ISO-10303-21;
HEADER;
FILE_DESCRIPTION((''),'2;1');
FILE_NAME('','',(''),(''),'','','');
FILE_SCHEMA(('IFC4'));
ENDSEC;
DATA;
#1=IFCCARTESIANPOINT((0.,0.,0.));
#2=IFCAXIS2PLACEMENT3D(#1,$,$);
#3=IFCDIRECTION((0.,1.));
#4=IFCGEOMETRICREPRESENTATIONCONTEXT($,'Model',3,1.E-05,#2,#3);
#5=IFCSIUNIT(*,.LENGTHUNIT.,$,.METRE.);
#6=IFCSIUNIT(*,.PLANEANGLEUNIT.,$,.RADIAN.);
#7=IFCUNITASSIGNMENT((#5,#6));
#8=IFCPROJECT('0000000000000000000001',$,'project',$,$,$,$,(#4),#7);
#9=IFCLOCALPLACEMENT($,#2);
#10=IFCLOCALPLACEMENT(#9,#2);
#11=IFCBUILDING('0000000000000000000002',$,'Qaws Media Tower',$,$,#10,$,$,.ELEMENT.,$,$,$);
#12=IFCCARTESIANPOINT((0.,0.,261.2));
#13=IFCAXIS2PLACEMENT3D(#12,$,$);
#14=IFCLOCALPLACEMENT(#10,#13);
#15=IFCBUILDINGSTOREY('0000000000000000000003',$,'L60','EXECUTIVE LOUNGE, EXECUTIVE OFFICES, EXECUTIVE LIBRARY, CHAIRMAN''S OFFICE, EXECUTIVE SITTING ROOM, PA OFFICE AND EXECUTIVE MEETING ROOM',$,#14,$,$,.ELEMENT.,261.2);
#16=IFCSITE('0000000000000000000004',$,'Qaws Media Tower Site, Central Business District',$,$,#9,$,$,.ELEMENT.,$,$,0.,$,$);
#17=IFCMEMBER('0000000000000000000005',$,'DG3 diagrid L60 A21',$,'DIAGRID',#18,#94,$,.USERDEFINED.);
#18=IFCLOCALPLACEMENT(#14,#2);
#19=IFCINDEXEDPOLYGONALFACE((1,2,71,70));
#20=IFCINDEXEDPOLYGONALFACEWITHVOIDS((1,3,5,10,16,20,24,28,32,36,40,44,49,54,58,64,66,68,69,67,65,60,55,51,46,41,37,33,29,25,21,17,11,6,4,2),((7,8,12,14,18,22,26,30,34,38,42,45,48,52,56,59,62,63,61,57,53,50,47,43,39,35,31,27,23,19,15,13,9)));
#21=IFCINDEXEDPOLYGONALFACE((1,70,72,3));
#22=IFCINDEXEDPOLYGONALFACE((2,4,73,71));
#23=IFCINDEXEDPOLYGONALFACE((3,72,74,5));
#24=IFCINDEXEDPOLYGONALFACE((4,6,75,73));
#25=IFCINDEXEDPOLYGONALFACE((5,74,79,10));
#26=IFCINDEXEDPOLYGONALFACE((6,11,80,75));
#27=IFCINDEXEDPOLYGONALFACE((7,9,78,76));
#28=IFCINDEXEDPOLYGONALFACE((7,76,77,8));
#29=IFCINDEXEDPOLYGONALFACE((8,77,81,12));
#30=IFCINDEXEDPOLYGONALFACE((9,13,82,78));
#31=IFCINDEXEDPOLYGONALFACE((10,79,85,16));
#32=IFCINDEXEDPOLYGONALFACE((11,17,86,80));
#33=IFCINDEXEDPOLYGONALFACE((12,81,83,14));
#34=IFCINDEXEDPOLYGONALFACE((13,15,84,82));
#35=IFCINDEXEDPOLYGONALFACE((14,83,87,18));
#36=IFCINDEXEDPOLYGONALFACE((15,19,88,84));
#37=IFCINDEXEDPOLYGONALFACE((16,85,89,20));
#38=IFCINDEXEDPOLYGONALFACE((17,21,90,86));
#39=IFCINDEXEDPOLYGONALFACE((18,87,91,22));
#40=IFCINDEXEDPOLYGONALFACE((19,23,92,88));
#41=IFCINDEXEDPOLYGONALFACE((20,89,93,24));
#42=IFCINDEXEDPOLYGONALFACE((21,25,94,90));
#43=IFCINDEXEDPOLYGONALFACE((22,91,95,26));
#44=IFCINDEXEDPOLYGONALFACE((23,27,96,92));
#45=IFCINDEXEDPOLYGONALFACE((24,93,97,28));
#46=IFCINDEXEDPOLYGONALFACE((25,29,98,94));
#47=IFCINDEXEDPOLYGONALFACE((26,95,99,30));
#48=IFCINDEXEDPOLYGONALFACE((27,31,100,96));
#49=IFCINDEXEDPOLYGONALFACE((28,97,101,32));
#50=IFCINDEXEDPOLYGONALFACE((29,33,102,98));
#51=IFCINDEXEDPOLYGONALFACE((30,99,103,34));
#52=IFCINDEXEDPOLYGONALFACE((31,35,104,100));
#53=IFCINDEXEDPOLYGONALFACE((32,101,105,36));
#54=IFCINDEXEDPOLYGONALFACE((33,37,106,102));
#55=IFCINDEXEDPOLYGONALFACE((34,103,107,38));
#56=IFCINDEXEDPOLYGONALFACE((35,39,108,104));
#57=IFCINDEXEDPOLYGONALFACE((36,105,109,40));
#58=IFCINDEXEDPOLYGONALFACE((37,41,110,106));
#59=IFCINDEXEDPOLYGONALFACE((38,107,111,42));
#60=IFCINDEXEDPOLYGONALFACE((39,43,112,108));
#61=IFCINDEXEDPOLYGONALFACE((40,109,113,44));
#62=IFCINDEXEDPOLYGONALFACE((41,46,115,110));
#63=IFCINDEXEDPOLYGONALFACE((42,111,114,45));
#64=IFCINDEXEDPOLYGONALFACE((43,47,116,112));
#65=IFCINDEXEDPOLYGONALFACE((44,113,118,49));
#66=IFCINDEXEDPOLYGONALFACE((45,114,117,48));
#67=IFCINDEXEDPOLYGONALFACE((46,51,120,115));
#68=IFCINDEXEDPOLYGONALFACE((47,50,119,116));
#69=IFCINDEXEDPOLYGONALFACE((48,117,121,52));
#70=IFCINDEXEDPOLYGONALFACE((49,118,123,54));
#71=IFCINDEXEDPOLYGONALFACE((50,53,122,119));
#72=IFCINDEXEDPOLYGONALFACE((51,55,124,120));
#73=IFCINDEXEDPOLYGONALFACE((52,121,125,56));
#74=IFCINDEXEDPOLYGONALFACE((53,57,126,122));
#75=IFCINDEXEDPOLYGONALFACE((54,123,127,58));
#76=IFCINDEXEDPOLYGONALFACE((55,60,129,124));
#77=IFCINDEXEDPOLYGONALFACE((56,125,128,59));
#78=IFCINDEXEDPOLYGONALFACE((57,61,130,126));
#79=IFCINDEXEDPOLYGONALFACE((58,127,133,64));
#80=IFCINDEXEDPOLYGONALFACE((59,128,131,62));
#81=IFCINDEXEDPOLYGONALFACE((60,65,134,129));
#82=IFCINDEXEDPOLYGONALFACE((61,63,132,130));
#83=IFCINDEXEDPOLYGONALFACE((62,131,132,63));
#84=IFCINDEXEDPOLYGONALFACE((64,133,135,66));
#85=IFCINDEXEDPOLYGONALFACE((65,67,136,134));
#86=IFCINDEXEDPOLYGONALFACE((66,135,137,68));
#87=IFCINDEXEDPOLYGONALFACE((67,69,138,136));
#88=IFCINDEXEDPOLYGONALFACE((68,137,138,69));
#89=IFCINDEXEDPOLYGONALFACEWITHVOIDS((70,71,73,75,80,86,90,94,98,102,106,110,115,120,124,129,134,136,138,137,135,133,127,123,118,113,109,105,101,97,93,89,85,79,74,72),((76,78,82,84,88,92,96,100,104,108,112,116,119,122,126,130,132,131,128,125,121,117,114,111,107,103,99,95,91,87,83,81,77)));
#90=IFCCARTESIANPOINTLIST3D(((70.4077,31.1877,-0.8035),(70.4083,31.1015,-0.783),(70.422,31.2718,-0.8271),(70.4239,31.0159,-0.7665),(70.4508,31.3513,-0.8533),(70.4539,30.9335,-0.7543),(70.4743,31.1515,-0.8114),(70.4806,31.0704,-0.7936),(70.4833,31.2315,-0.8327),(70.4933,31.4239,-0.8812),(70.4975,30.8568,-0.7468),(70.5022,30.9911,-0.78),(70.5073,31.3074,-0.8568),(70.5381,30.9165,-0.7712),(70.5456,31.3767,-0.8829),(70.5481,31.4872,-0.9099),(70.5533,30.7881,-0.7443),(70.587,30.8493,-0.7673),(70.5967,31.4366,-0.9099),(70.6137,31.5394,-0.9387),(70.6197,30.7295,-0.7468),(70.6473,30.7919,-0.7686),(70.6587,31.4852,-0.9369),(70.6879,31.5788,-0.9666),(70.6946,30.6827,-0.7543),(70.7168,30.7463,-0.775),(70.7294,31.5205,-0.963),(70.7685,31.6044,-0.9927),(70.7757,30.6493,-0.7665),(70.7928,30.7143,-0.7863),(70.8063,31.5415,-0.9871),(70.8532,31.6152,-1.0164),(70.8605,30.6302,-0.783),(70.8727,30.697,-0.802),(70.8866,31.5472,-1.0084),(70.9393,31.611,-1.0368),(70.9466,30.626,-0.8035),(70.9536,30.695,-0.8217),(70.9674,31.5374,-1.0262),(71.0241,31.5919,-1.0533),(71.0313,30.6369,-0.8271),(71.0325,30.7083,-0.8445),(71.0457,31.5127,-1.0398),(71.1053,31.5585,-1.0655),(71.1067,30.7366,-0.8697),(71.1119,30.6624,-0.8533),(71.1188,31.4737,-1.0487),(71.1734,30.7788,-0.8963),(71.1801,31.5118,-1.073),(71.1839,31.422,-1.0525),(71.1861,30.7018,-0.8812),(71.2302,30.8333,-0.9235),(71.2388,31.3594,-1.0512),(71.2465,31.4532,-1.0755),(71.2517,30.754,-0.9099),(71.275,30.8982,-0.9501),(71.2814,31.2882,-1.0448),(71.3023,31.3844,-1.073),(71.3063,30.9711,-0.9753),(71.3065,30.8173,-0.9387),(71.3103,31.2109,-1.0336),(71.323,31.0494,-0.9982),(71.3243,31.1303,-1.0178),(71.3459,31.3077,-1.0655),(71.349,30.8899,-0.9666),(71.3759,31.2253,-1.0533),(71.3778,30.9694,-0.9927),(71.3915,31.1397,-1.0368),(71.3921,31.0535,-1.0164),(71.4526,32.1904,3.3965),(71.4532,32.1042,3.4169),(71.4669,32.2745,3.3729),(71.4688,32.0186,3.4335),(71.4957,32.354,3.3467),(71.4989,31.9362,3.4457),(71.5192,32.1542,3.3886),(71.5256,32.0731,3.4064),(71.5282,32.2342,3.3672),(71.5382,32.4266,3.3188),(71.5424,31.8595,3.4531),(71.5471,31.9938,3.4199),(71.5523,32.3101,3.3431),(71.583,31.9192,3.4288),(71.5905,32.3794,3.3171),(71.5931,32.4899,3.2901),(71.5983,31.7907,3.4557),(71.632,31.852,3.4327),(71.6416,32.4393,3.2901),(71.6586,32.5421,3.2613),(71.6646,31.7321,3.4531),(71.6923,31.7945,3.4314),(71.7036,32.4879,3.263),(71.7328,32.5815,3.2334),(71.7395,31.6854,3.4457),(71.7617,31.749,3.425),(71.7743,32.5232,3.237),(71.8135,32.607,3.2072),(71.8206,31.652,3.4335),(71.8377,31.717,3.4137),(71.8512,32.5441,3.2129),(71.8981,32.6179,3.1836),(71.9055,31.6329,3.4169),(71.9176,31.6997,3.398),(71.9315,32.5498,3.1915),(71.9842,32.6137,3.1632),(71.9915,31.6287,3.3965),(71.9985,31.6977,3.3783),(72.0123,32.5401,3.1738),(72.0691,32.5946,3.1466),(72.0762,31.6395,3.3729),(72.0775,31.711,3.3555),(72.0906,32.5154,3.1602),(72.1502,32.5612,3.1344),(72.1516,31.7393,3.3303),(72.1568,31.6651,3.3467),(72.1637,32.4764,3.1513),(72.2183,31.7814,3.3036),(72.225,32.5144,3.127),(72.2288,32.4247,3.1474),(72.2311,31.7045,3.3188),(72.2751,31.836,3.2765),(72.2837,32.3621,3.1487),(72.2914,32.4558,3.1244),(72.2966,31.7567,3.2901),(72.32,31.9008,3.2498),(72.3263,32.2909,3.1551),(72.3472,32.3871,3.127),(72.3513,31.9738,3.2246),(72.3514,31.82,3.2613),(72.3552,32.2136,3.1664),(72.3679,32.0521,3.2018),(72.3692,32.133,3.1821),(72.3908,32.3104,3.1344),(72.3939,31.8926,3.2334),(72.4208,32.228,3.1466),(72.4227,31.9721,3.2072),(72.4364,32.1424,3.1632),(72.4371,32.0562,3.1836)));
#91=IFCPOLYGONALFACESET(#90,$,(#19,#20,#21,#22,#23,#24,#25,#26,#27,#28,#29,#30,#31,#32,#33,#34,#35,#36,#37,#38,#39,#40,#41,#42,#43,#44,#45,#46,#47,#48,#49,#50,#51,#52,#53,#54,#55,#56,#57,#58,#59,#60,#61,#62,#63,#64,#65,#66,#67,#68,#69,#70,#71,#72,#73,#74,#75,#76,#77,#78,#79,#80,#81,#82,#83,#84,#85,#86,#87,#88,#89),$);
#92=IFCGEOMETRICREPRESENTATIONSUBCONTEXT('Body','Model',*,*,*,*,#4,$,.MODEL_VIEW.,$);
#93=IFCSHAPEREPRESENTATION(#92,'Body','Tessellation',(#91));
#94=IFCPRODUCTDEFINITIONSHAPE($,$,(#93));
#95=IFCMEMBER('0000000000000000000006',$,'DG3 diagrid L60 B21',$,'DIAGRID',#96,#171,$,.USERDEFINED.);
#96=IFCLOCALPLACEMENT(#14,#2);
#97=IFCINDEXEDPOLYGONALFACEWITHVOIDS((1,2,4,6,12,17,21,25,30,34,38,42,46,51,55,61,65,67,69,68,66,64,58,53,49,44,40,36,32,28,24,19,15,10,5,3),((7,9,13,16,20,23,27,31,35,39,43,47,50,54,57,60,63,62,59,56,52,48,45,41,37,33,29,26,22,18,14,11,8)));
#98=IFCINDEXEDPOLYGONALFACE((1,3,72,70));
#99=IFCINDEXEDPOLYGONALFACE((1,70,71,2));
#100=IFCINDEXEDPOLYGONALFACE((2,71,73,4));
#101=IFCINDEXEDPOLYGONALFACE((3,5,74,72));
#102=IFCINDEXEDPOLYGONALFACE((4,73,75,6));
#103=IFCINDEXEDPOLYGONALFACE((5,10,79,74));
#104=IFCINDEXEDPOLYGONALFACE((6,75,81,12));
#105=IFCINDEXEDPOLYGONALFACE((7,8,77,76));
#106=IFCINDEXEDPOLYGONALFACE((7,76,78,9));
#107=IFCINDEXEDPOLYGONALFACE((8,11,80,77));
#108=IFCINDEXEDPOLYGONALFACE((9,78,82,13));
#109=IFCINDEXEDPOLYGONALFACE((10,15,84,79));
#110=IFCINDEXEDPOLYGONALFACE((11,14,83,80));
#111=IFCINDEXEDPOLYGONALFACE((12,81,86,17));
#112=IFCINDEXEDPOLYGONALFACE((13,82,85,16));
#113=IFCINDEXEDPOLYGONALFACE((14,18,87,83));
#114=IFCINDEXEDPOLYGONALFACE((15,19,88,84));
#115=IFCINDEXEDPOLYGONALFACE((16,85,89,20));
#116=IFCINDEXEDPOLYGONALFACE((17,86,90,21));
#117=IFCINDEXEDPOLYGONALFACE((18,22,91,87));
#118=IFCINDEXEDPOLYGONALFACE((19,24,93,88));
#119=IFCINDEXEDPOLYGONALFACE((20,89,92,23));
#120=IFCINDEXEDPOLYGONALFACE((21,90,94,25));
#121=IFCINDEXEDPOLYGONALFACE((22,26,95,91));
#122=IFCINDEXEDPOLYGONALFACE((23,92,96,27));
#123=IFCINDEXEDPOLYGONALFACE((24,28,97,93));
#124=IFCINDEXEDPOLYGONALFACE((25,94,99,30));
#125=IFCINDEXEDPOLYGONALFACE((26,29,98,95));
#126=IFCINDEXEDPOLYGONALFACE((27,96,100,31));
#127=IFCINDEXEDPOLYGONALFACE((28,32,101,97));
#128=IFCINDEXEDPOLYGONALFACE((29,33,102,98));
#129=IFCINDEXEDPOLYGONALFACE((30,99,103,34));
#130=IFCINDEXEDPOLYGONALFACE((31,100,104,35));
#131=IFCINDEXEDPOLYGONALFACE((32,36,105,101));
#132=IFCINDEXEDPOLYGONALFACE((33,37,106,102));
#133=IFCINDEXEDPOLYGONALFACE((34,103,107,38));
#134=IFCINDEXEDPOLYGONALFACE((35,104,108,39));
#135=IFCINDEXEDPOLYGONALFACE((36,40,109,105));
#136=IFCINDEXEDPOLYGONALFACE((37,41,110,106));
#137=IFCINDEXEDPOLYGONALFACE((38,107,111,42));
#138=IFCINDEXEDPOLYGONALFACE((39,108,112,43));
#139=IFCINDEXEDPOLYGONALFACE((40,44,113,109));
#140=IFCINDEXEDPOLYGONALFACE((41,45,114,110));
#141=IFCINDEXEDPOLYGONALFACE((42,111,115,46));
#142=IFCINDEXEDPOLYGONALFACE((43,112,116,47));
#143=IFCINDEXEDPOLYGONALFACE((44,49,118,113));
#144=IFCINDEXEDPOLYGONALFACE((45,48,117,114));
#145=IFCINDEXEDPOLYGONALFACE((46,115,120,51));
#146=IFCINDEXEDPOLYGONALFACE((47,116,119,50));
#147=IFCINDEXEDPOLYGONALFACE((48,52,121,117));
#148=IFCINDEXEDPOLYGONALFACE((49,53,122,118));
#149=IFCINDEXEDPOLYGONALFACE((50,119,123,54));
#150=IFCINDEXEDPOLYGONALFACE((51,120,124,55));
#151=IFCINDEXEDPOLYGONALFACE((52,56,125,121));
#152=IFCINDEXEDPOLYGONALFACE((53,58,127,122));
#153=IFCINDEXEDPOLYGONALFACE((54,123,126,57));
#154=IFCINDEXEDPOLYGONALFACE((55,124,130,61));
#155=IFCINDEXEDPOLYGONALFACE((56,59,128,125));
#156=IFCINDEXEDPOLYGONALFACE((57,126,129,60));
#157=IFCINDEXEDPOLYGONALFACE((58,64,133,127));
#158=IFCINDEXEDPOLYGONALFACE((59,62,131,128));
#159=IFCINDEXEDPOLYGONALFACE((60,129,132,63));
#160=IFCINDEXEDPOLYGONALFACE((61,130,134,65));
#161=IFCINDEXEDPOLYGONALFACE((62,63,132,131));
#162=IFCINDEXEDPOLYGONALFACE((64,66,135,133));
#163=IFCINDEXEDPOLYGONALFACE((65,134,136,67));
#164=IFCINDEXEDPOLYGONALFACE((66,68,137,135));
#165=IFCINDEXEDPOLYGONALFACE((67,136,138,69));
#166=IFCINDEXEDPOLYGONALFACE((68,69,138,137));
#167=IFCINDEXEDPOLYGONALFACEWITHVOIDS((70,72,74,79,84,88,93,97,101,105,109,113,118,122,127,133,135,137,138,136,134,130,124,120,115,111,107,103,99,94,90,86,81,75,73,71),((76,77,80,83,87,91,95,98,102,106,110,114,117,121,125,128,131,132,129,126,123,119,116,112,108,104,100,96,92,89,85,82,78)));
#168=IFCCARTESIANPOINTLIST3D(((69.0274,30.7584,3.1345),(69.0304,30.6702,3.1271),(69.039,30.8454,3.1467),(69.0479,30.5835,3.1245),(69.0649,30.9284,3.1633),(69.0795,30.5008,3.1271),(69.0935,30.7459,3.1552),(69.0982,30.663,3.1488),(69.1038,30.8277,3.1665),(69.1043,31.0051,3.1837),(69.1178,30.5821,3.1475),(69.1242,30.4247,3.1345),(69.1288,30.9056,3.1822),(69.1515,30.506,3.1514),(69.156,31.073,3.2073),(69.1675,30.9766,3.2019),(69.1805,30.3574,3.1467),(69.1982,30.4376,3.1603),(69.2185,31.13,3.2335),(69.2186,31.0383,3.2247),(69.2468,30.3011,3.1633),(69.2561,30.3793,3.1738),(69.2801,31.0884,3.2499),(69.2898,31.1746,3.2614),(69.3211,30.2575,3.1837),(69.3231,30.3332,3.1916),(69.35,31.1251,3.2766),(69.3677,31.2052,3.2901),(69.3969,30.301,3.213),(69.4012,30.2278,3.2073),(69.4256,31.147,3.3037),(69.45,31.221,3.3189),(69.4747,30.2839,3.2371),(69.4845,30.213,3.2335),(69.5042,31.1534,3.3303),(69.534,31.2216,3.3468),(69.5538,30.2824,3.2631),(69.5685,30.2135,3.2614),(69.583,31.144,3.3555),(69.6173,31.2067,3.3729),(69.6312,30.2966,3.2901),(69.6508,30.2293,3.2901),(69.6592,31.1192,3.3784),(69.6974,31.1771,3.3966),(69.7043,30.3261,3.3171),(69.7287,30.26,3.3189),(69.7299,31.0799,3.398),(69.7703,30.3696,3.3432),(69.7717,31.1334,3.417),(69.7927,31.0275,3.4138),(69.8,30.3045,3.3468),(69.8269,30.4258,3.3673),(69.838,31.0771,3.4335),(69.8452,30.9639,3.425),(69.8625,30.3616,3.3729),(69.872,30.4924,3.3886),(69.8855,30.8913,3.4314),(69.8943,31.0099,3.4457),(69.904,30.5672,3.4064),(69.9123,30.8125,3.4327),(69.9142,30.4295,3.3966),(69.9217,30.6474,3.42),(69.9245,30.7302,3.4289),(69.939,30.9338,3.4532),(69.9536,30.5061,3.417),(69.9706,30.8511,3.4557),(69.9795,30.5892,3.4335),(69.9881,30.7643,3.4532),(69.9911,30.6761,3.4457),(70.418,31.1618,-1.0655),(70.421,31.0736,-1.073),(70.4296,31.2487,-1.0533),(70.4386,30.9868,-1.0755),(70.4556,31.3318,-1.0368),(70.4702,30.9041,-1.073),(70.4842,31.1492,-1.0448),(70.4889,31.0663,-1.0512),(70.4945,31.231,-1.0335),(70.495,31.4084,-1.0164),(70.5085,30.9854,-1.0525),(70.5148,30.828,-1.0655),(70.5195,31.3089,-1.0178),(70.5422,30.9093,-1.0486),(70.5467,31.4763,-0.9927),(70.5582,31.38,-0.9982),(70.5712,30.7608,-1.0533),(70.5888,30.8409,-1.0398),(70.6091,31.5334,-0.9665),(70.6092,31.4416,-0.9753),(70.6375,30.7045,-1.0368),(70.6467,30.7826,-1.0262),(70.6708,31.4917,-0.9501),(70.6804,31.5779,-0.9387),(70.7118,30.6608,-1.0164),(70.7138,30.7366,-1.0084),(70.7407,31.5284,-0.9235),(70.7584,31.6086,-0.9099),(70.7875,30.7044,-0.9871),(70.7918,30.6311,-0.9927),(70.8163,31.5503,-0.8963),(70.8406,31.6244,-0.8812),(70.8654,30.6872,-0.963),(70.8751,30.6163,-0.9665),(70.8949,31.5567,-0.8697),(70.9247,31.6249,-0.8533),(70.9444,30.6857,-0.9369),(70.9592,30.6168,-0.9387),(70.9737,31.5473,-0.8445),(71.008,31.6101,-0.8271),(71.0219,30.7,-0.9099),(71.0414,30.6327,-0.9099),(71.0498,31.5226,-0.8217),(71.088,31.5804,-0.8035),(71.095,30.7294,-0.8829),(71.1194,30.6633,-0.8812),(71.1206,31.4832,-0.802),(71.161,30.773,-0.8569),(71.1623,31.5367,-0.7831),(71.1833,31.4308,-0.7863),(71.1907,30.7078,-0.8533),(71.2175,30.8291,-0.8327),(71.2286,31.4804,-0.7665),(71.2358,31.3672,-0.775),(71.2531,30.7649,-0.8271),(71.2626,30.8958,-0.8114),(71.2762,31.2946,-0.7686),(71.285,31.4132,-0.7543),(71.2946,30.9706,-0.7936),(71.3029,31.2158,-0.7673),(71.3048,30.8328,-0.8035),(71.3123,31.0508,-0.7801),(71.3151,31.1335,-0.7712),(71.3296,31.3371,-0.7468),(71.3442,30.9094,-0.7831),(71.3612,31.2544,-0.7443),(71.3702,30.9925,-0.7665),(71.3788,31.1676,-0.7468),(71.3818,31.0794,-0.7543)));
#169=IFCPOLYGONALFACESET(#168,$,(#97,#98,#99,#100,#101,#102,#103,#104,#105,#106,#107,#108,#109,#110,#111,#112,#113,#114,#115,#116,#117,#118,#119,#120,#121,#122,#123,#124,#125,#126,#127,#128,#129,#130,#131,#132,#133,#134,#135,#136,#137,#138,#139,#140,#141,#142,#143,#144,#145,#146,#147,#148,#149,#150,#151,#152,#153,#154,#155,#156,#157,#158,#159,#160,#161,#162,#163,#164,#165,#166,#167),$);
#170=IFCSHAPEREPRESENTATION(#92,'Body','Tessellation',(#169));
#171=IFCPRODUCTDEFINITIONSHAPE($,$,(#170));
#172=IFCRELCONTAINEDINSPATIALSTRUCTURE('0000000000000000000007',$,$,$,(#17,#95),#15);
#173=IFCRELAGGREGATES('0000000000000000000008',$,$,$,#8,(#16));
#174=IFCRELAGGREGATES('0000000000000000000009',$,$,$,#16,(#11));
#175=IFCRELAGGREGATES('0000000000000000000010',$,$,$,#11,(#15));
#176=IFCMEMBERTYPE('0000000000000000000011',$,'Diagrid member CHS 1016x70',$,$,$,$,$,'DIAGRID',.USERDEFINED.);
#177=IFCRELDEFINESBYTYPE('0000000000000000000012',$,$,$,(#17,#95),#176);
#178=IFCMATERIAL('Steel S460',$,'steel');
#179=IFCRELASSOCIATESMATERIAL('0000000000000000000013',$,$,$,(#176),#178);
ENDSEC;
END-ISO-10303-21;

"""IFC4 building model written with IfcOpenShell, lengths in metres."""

from ifc_helpers import new_model, si_unit, direction, frame, origin, origin_2d, place, context, subcontext, project, spatial, hollow_circle, extrude, material, material_profile, profile_set, type_object, element, save


model = new_model("IFC4")

# Units and contexts
model_context = context("Model", 3, precision=1e-05, world=origin(), true_north=direction((0.0, 1.0)))
body_context = subcontext(model_context, "Body", "Model", "MODEL_VIEW")
ifc_project = project(units=[si_unit("LENGTHUNIT", "METRE"), si_unit("PLANEANGLEUNIT", "RADIAN")], contexts=[model_context])

# Site, building, storey
site_placement = place(None, origin())
site = spatial("IfcSite", under=ifc_project, at=site_placement, Name="Qaws Media Tower Site, Central Business District", CompositionType="ELEMENT", RefElevation=0.0)
building_placement = place(site_placement, origin())
building = spatial("IfcBuilding", under=site, at=building_placement, Name="Qaws Media Tower", CompositionType="ELEMENT")
storey_placement = place(building_placement, frame((0.0, 0.0, 261.2)))
storey = spatial("IfcBuildingStorey", under=building, at=storey_placement, Name="L60", Description="EXECUTIVE LOUNGE, EXECUTIVE OFFICES, EXECUTIVE LIBRARY, CHAIRMAN'S OFFICE, EXECUTIVE SITTING ROOM, PA OFFICE AND EXECUTIVE MEETING ROOM", CompositionType="ELEMENT", Elevation=261.2)

# Members
ifc_material_1 = material(Name="Steel S460", Category="steel")
ifc_material_profile_1 = material_profile(ifc_material_1, hollow_circle(Radius=0.5081, WallThickness=0.0701, at=origin_2d()), Name="CHS 1016x70")
ifc_profile_set_1 = profile_set([ifc_material_profile_1], Name="Steel S460")
member_type_1 = type_object("IfcMemberType", Name="Diagrid member CHS 1016x70", ElementType="DIAGRID", PredefinedType="USERDEFINED", material=ifc_profile_set_1)
for number, where, z_axis, x_axis, name in (
    (1, (70.8999, 31.1206, -0.9099), (0.235204, 0.225697, 0.945378), (-0.692374, 0.721539, 0.0), "DG3 diagrid L60 A21"),
    (2, (70.8999, 31.1206, -0.9099), (-0.313025, -0.090786, 0.945396), (0.278549, -0.960422, 0.0), "DG3 diagrid L60 B21"),
):
    element("IfcMember", number, at=place(storey_placement, frame(where, z_axis=z_axis, x_axis=x_axis)), inside=storey, type_object=member_type_1, Name=name, ObjectType="DIAGRID", PredefinedType="USERDEFINED", context=body_context, shape_type="SweptSolid", body=[
        extrude(hollow_circle(Radius=0.5081, WallThickness=0.0701, at=origin_2d()), origin(), (0.0, 0.0, 1.0), 4.4426),
    ])

save(model, "model.ifc")
